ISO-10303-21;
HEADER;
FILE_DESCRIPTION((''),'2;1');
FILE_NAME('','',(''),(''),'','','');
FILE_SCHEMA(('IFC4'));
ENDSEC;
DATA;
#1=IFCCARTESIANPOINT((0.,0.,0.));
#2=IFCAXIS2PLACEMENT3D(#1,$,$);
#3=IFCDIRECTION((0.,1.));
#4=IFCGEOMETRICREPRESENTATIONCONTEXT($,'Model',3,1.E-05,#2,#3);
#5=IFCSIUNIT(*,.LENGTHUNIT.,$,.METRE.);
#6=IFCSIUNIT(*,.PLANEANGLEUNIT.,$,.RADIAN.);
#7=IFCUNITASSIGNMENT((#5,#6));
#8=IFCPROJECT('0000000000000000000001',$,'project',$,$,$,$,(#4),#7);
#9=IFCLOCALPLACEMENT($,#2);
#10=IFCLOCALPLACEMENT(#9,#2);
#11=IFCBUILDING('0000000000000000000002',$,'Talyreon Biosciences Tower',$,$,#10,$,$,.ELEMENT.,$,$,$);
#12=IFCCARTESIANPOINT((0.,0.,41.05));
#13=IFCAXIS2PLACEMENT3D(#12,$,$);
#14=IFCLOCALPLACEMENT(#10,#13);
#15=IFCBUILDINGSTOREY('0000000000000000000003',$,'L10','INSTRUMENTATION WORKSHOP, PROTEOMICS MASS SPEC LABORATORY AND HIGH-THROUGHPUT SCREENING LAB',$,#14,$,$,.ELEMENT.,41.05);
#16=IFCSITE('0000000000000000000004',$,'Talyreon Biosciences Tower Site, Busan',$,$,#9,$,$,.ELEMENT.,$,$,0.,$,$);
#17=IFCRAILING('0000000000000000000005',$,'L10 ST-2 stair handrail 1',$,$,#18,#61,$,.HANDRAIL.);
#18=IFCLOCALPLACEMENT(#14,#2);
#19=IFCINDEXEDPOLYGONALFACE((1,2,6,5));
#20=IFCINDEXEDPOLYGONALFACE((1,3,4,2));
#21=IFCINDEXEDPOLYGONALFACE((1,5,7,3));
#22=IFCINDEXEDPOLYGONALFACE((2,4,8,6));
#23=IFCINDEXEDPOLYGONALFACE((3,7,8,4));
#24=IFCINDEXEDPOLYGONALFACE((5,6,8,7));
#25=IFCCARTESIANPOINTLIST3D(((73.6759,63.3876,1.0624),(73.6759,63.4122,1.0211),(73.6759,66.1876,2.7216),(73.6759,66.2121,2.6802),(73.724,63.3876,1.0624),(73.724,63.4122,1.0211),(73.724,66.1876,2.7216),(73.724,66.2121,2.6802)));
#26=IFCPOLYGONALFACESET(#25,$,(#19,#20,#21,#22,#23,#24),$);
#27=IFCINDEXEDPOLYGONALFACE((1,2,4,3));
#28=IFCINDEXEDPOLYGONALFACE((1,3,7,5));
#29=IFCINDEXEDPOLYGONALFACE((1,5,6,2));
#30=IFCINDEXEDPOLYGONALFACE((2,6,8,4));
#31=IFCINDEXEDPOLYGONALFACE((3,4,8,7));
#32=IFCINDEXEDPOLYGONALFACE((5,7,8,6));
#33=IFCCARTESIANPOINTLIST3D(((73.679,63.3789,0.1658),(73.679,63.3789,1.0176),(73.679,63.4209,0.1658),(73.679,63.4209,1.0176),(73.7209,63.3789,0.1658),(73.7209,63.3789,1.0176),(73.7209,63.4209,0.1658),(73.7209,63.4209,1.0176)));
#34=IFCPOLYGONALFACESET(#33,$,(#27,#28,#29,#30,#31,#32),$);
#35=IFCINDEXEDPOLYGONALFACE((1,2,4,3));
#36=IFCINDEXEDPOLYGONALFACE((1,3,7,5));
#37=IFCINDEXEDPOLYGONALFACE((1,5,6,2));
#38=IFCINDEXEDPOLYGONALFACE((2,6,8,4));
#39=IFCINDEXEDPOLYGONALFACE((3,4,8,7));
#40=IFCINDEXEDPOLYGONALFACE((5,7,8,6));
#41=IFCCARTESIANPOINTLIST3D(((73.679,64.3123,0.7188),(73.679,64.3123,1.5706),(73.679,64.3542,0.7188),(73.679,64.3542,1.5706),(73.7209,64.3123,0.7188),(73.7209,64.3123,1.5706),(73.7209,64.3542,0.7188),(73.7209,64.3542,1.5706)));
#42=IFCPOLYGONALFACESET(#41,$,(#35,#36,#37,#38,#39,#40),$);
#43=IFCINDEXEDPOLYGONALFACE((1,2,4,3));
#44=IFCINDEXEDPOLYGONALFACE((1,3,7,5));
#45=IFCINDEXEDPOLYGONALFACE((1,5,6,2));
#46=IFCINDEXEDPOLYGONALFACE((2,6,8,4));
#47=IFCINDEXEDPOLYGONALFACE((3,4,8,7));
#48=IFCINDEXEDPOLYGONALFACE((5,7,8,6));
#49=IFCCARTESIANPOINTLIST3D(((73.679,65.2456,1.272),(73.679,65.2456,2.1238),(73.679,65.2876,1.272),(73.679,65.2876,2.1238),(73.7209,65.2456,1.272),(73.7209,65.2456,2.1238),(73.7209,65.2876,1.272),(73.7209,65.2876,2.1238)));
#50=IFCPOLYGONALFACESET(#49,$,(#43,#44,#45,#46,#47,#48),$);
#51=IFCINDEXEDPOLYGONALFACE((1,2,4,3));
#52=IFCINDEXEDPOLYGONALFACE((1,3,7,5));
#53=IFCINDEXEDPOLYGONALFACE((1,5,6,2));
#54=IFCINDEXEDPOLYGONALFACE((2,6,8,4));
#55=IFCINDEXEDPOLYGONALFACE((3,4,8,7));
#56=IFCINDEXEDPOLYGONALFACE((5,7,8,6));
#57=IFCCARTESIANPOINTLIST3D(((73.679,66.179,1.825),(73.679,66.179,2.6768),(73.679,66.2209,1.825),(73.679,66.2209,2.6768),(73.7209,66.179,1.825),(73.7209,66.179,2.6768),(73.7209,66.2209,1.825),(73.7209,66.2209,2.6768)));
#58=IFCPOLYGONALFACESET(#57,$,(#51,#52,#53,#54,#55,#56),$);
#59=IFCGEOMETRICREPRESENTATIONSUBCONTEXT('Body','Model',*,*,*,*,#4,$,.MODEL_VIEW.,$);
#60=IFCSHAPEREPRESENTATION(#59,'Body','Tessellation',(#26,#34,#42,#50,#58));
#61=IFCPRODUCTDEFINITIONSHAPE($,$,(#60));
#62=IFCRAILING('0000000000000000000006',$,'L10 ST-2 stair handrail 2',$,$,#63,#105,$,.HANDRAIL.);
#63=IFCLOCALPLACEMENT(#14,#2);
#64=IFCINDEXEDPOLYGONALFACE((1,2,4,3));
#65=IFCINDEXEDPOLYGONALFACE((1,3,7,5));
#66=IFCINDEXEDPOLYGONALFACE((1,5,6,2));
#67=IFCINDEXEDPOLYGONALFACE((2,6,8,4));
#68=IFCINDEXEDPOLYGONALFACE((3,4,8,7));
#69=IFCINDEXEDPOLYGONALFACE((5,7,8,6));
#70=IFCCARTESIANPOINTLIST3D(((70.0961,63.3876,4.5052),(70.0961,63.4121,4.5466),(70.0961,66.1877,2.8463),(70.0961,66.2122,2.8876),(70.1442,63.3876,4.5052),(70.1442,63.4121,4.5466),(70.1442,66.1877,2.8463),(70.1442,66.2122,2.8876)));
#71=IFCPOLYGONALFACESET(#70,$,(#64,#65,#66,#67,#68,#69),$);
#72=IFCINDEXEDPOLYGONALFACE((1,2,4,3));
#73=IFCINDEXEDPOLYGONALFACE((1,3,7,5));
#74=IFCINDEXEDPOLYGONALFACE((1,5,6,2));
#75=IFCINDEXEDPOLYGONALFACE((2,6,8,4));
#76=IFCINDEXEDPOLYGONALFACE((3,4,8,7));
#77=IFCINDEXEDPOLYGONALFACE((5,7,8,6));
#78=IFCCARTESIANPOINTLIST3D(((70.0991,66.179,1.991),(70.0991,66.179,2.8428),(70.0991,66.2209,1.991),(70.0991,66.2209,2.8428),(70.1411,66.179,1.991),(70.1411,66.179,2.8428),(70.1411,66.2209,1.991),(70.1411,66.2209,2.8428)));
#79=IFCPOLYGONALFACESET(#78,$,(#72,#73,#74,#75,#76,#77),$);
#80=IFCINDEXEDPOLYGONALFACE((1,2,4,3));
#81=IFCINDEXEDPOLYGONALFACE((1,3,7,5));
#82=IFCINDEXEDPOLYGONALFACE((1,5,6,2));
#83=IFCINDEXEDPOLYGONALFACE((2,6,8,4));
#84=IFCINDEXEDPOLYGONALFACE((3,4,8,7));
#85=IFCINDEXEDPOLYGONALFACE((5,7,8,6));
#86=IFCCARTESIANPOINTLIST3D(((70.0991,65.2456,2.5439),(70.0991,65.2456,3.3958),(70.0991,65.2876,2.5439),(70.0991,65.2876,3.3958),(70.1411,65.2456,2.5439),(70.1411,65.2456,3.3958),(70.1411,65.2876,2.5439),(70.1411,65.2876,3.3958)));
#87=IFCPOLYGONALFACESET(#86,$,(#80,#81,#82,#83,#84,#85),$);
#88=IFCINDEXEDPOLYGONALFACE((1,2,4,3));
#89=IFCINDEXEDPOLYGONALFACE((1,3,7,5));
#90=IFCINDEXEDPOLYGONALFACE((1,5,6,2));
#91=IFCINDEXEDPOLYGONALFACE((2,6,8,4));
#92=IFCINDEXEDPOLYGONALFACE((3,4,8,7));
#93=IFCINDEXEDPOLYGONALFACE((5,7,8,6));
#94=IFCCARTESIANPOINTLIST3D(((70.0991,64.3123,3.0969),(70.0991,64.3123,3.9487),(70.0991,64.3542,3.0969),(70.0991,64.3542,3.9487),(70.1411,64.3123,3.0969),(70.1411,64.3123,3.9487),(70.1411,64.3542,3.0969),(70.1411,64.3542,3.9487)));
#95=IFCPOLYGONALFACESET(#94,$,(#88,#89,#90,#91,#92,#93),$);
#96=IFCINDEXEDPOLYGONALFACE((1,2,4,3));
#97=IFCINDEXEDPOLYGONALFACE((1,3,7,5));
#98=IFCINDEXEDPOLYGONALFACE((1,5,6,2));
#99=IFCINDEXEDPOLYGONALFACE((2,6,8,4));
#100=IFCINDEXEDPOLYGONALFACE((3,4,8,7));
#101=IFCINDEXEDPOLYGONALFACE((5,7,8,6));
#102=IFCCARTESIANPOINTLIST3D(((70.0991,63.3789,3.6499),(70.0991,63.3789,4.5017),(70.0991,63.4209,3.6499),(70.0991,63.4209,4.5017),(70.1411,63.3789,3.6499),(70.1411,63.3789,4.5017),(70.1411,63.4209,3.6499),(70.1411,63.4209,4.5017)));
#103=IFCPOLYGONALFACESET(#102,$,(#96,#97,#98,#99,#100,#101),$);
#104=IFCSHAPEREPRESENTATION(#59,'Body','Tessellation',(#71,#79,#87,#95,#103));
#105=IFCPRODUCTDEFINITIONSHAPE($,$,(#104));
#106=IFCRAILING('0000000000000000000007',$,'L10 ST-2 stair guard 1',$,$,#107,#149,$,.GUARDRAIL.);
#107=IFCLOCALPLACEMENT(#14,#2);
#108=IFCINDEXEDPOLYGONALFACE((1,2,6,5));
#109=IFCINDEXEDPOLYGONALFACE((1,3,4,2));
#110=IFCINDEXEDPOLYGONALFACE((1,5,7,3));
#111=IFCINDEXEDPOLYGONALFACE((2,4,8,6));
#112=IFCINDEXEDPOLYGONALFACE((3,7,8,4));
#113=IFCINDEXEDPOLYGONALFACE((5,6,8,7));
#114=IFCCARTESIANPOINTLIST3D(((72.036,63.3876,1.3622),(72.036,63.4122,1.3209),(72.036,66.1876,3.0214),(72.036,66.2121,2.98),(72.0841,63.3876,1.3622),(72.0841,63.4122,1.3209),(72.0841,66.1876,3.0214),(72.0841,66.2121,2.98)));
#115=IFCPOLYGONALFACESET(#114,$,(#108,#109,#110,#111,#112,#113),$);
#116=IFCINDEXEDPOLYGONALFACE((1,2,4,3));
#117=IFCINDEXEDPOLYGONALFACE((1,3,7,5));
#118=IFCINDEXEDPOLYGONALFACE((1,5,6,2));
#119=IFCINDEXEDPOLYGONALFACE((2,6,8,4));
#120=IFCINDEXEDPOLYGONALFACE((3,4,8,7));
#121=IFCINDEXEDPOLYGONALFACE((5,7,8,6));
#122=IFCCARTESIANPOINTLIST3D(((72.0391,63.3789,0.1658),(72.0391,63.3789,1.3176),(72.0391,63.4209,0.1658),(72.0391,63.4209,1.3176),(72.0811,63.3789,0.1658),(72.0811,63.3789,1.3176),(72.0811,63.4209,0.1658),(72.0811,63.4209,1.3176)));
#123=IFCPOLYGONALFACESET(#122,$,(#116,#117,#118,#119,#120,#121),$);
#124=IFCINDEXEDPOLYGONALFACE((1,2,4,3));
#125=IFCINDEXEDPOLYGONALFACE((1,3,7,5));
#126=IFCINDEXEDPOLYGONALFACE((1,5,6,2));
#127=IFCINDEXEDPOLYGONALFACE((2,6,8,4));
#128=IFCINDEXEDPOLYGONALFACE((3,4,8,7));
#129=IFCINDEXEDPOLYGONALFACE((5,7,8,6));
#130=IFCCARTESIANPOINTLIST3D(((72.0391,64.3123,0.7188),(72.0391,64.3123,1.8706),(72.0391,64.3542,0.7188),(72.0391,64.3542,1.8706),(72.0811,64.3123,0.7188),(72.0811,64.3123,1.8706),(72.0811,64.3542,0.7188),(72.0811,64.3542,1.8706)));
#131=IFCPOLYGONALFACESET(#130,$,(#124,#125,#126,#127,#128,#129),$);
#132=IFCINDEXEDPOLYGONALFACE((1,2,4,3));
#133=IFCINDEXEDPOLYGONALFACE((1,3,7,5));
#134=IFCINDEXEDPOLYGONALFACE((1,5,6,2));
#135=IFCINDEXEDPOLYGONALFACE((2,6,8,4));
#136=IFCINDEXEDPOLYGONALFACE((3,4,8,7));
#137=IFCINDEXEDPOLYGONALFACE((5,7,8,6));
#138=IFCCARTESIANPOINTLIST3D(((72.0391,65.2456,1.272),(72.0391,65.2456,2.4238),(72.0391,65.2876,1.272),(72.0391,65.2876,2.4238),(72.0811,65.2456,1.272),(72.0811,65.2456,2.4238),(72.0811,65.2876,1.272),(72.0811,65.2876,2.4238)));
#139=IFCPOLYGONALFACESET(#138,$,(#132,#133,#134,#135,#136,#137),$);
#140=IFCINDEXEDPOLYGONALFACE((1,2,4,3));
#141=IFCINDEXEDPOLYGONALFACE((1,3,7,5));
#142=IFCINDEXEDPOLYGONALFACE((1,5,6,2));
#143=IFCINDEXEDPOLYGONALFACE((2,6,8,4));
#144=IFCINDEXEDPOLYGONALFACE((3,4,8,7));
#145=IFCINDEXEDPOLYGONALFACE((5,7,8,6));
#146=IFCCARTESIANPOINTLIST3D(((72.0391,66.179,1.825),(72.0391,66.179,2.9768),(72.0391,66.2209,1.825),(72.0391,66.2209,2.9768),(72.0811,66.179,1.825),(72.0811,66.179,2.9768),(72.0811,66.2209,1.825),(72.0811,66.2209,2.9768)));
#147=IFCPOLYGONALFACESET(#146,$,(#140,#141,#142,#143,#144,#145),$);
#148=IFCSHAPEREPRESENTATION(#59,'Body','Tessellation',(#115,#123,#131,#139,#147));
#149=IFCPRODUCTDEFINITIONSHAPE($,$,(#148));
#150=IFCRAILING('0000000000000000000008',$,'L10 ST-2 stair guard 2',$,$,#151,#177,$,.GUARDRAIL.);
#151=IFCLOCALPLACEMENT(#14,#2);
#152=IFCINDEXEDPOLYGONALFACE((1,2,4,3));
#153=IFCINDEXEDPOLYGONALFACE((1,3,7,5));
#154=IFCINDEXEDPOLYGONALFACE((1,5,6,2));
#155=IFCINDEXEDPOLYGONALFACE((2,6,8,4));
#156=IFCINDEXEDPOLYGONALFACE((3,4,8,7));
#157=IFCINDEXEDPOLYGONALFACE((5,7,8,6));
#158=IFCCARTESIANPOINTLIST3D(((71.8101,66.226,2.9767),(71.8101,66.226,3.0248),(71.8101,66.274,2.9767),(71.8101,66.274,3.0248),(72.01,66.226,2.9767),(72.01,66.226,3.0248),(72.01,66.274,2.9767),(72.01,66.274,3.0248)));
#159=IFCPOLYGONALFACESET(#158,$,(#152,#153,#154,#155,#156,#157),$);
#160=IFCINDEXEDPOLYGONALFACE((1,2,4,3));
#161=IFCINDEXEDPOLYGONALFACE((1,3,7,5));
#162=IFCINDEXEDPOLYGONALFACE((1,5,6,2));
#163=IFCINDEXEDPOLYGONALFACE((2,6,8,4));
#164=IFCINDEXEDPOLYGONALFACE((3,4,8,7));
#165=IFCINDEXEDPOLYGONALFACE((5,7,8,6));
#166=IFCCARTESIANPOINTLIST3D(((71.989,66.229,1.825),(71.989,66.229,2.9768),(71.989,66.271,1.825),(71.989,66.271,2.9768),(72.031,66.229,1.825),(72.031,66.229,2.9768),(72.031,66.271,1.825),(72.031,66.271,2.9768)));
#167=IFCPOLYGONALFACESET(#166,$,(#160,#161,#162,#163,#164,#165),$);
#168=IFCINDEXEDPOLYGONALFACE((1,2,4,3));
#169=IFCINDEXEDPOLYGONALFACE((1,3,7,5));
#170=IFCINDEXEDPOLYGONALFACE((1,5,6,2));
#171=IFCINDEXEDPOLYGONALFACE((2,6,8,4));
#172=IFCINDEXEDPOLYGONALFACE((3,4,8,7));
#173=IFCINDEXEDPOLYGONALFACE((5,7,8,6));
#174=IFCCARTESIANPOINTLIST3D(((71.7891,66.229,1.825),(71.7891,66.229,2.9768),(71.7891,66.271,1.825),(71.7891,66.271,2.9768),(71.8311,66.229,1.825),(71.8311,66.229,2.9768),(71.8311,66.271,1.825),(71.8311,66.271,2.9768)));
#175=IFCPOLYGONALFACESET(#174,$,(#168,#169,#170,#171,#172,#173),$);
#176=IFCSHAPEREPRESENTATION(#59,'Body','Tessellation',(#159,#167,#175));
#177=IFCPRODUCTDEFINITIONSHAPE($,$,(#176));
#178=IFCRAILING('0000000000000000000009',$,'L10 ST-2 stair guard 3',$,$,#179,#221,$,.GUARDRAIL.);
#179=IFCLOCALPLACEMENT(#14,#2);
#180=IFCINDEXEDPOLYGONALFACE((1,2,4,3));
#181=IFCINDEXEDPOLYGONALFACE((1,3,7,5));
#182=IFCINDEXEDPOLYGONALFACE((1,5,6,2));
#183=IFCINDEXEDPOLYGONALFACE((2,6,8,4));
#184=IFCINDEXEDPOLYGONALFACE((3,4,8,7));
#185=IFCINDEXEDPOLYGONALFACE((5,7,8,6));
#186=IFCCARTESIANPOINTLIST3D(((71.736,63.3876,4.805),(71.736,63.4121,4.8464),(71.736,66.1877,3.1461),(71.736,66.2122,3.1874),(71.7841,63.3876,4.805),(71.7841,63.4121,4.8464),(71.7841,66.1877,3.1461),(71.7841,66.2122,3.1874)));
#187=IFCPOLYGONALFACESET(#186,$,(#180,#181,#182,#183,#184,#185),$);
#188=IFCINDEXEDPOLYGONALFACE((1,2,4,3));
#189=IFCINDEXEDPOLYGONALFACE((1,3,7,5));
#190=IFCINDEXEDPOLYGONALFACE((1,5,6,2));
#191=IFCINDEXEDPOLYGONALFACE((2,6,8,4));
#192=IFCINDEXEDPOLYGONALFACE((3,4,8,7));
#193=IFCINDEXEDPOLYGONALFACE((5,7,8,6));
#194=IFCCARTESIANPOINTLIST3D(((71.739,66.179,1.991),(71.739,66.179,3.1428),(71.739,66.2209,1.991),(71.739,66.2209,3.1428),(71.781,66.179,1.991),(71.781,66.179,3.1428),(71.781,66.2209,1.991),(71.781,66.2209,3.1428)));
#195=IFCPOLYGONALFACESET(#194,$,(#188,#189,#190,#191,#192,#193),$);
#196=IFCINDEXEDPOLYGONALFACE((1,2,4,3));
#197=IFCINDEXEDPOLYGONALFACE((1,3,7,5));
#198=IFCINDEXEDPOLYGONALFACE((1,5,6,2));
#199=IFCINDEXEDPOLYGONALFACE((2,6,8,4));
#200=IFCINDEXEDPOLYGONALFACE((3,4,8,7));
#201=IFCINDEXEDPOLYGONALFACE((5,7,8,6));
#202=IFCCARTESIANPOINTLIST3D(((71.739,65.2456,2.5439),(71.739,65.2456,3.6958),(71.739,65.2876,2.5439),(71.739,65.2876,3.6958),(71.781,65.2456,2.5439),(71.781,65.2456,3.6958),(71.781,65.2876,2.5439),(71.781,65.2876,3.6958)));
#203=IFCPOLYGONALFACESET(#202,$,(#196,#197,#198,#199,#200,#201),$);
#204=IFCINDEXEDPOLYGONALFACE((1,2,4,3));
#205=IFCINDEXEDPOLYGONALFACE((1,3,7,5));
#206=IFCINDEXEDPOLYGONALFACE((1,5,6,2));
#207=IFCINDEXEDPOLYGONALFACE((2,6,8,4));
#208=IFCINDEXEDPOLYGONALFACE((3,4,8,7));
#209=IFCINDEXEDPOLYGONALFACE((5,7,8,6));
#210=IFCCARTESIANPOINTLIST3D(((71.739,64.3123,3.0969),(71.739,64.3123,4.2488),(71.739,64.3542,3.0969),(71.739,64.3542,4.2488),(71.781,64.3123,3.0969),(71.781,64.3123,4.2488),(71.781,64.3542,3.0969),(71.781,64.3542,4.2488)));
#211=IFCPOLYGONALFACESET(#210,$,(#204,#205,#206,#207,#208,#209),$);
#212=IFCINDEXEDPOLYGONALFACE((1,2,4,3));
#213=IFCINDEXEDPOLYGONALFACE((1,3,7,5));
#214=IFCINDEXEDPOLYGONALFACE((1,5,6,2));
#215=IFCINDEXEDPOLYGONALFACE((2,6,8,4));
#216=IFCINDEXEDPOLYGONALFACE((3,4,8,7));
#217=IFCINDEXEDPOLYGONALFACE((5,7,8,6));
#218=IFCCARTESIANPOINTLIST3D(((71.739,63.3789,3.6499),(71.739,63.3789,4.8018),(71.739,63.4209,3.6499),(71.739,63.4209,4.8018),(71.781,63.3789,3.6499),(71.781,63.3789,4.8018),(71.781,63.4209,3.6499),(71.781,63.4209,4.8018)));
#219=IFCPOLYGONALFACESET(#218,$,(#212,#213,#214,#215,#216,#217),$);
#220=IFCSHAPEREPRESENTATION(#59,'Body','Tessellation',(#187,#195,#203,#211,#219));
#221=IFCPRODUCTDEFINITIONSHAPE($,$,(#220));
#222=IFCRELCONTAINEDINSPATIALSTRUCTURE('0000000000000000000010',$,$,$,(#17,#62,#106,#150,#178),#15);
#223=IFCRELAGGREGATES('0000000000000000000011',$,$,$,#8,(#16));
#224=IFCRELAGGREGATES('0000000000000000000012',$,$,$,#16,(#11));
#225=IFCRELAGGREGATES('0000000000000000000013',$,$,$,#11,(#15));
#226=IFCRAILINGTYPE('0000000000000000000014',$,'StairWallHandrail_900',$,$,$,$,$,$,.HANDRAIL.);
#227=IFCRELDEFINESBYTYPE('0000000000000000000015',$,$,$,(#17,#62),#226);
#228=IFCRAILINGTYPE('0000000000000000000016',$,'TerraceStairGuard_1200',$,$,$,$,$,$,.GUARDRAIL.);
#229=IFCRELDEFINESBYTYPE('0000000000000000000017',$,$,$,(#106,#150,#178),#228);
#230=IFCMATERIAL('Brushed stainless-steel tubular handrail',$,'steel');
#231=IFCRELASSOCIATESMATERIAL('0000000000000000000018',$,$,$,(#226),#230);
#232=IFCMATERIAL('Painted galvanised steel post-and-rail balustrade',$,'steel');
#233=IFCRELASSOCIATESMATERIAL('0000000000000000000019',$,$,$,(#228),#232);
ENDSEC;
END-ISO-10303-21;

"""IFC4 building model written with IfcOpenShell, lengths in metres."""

from ifc_helpers import new_model, si_unit, direction, frame, origin, origin_2d, place, context, subcontext, project, spatial, rectangle, extrude, material, type_object, element, save


model = new_model("IFC4")

# Units and contexts
model_context = context("Model", 3, precision=1e-05, world=origin(), true_north=direction((0.0, 1.0)))
body_context = subcontext(model_context, "Body", "Model", "MODEL_VIEW")
ifc_project = project(units=[si_unit("LENGTHUNIT", "METRE"), si_unit("PLANEANGLEUNIT", "RADIAN")], contexts=[model_context])

# Site, building, storey
site_placement = place(None, origin())
site = spatial("IfcSite", under=ifc_project, at=site_placement, Name="Talyreon Biosciences Tower Site, Busan", CompositionType="ELEMENT", RefElevation=0.0)
building_placement = place(site_placement, origin())
building = spatial("IfcBuilding", under=site, at=building_placement, Name="Talyreon Biosciences Tower", CompositionType="ELEMENT")
storey_placement = place(building_placement, frame((0.0, 0.0, 41.05)))
storey = spatial("IfcBuildingStorey", under=building, at=storey_placement, Name="L10", Description="INSTRUMENTATION WORKSHOP, PROTEOMICS MASS SPEC LABORATORY AND HIGH-THROUGHPUT SCREENING LAB", CompositionType="ELEMENT", Elevation=41.05)

# Railings
ifc_material_1 = material(Name="Brushed stainless-steel tubular handrail", Category="steel")
railing_type_1 = type_object("IfcRailingType", Name="StairWallHandrail_900", PredefinedType="HANDRAIL", material=ifc_material_1)
railing_1_placement = place(storey_placement, frame((73.7, 63.3999, 0.1658)))
element("IfcRailing", 1, at=railing_1_placement, inside=storey, type_object=railing_type_1, Name="L10 ST-2 stair handrail 1", PredefinedType="HANDRAIL", context=body_context, shape_type="SweptSolid", body=[
    extrude(rectangle(XDim=0.0481, YDim=0.0481, at=origin_2d()), frame((0.0, 0.0, 0.876), z_axis=(0.0, 0.860306, 0.509778), x_axis=(-1.0, 0.0, 0.0)), (0.0, 0.0, 1.0), 3.2546),
    extrude(rectangle(XDim=0.042, YDim=0.042, at=origin_2d()), origin(), (0.0, 0.0, 1.0), 0.8518),
    extrude(rectangle(XDim=0.042, YDim=0.042, at=origin_2d()), frame((0.0, 0.9333, 0.553)), (0.0, 0.0, 1.0), 0.8518),
    extrude(rectangle(XDim=0.042, YDim=0.042, at=origin_2d()), frame((0.0, 1.8667, 1.1062)), (0.0, 0.0, 1.0), 0.8518),
    extrude(rectangle(XDim=0.042, YDim=0.042, at=origin_2d()), frame((0.0, 2.8, 1.6592)), (0.0, 0.0, 1.0), 0.8518),
])
railing_2_placement = place(storey_placement, frame((70.1201, 66.2, 1.991)))
element("IfcRailing", 2, at=railing_2_placement, inside=storey, type_object=railing_type_1, Name="L10 ST-2 stair handrail 2", PredefinedType="HANDRAIL", context=body_context, shape_type="SweptSolid", body=[
    extrude(rectangle(XDim=0.0481, YDim=0.0481, at=origin_2d()), frame((0.0, 0.0, 0.876), z_axis=(0.0, -0.860339, 0.509722), x_axis=(1.0, 0.0, 0.0)), (0.0, 0.0, 1.0), 3.2546),
    extrude(rectangle(XDim=0.042, YDim=0.042, at=origin_2d()), origin(), (0.0, 0.0, 1.0), 0.8518),
    extrude(rectangle(XDim=0.042, YDim=0.042, at=origin_2d()), frame((0.0, -0.9333, 0.553)), (0.0, 0.0, 1.0), 0.8518),
    extrude(rectangle(XDim=0.042, YDim=0.042, at=origin_2d()), frame((0.0, -1.8667, 1.106)), (0.0, 0.0, 1.0), 0.8518),
    extrude(rectangle(XDim=0.042, YDim=0.042, at=origin_2d()), frame((0.0, -2.8, 1.6589)), (0.0, 0.0, 1.0), 0.8518),
])
ifc_material_2 = material(Name="Painted galvanised steel post-and-rail balustrade", Category="steel")
railing_type_2 = type_object("IfcRailingType", Name="TerraceStairGuard_1200", PredefinedType="GUARDRAIL", material=ifc_material_2)
railing_3_placement = place(storey_placement, frame((72.0601, 63.3999, 0.1658)))
element("IfcRailing", 3, at=railing_3_placement, inside=storey, type_object=railing_type_2, Name="L10 ST-2 stair guard 1", PredefinedType="GUARDRAIL", context=body_context, shape_type="SweptSolid", body=[
    extrude(rectangle(XDim=0.0481, YDim=0.0481, at=origin_2d()), frame((0.0, 0.0, 1.1758), z_axis=(0.0, 0.860306, 0.509778), x_axis=(-1.0, 0.0, 0.0)), (0.0, 0.0, 1.0), 3.2546),
    extrude(rectangle(XDim=0.042, YDim=0.042, at=origin_2d()), origin(), (0.0, 0.0, 1.0), 1.1519),
    extrude(rectangle(XDim=0.042, YDim=0.042, at=origin_2d()), frame((0.0, 0.9333, 0.553)), (0.0, 0.0, 1.0), 1.1519),
    extrude(rectangle(XDim=0.042, YDim=0.042, at=origin_2d()), frame((0.0, 1.8667, 1.1062)), (0.0, 0.0, 1.0), 1.1519),
    extrude(rectangle(XDim=0.042, YDim=0.042, at=origin_2d()), frame((0.0, 2.8, 1.6592)), (0.0, 0.0, 1.0), 1.1519),
])
railing_4_placement = place(storey_placement, frame((72.01, 66.25, 1.825)))
element("IfcRailing", 4, at=railing_4_placement, inside=storey, type_object=railing_type_2, Name="L10 ST-2 stair guard 2", PredefinedType="GUARDRAIL", context=body_context, shape_type="SweptSolid", body=[
    extrude(rectangle(XDim=0.0481, YDim=0.0481, at=origin_2d()), frame((0.0, 0.0, 1.1758), z_axis=(-1.0, 0.0, 0.0), x_axis=(0.0, -1.0, 0.0)), (0.0, 0.0, 1.0), 0.2),
    extrude(rectangle(XDim=0.042, YDim=0.042, at=origin_2d()), origin(), (0.0, 0.0, 1.0), 1.1519),
    extrude(rectangle(XDim=0.042, YDim=0.042, at=origin_2d()), frame((-0.2, 0.0, 0.0)), (0.0, 0.0, 1.0), 1.1519),
])
railing_5_placement = place(storey_placement, frame((71.76, 66.2, 1.991)))
element("IfcRailing", 5, at=railing_5_placement, inside=storey, type_object=railing_type_2, Name="L10 ST-2 stair guard 3", PredefinedType="GUARDRAIL", context=body_context, shape_type="SweptSolid", body=[
    extrude(rectangle(XDim=0.0481, YDim=0.0481, at=origin_2d()), frame((0.0, 0.0, 1.1758), z_axis=(0.0, -0.860339, 0.509722), x_axis=(1.0, 0.0, 0.0)), (0.0, 0.0, 1.0), 3.2546),
    extrude(rectangle(XDim=0.042, YDim=0.042, at=origin_2d()), origin(), (0.0, 0.0, 1.0), 1.1519),
    extrude(rectangle(XDim=0.042, YDim=0.042, at=origin_2d()), frame((0.0, -0.9333, 0.553)), (0.0, 0.0, 1.0), 1.1519),
    extrude(rectangle(XDim=0.042, YDim=0.042, at=origin_2d()), frame((0.0, -1.8667, 1.106)), (0.0, 0.0, 1.0), 1.1519),
    extrude(rectangle(XDim=0.042, YDim=0.042, at=origin_2d()), frame((0.0, -2.8, 1.6589)), (0.0, 0.0, 1.0), 1.1519),
])

save(model, "model.ifc")
